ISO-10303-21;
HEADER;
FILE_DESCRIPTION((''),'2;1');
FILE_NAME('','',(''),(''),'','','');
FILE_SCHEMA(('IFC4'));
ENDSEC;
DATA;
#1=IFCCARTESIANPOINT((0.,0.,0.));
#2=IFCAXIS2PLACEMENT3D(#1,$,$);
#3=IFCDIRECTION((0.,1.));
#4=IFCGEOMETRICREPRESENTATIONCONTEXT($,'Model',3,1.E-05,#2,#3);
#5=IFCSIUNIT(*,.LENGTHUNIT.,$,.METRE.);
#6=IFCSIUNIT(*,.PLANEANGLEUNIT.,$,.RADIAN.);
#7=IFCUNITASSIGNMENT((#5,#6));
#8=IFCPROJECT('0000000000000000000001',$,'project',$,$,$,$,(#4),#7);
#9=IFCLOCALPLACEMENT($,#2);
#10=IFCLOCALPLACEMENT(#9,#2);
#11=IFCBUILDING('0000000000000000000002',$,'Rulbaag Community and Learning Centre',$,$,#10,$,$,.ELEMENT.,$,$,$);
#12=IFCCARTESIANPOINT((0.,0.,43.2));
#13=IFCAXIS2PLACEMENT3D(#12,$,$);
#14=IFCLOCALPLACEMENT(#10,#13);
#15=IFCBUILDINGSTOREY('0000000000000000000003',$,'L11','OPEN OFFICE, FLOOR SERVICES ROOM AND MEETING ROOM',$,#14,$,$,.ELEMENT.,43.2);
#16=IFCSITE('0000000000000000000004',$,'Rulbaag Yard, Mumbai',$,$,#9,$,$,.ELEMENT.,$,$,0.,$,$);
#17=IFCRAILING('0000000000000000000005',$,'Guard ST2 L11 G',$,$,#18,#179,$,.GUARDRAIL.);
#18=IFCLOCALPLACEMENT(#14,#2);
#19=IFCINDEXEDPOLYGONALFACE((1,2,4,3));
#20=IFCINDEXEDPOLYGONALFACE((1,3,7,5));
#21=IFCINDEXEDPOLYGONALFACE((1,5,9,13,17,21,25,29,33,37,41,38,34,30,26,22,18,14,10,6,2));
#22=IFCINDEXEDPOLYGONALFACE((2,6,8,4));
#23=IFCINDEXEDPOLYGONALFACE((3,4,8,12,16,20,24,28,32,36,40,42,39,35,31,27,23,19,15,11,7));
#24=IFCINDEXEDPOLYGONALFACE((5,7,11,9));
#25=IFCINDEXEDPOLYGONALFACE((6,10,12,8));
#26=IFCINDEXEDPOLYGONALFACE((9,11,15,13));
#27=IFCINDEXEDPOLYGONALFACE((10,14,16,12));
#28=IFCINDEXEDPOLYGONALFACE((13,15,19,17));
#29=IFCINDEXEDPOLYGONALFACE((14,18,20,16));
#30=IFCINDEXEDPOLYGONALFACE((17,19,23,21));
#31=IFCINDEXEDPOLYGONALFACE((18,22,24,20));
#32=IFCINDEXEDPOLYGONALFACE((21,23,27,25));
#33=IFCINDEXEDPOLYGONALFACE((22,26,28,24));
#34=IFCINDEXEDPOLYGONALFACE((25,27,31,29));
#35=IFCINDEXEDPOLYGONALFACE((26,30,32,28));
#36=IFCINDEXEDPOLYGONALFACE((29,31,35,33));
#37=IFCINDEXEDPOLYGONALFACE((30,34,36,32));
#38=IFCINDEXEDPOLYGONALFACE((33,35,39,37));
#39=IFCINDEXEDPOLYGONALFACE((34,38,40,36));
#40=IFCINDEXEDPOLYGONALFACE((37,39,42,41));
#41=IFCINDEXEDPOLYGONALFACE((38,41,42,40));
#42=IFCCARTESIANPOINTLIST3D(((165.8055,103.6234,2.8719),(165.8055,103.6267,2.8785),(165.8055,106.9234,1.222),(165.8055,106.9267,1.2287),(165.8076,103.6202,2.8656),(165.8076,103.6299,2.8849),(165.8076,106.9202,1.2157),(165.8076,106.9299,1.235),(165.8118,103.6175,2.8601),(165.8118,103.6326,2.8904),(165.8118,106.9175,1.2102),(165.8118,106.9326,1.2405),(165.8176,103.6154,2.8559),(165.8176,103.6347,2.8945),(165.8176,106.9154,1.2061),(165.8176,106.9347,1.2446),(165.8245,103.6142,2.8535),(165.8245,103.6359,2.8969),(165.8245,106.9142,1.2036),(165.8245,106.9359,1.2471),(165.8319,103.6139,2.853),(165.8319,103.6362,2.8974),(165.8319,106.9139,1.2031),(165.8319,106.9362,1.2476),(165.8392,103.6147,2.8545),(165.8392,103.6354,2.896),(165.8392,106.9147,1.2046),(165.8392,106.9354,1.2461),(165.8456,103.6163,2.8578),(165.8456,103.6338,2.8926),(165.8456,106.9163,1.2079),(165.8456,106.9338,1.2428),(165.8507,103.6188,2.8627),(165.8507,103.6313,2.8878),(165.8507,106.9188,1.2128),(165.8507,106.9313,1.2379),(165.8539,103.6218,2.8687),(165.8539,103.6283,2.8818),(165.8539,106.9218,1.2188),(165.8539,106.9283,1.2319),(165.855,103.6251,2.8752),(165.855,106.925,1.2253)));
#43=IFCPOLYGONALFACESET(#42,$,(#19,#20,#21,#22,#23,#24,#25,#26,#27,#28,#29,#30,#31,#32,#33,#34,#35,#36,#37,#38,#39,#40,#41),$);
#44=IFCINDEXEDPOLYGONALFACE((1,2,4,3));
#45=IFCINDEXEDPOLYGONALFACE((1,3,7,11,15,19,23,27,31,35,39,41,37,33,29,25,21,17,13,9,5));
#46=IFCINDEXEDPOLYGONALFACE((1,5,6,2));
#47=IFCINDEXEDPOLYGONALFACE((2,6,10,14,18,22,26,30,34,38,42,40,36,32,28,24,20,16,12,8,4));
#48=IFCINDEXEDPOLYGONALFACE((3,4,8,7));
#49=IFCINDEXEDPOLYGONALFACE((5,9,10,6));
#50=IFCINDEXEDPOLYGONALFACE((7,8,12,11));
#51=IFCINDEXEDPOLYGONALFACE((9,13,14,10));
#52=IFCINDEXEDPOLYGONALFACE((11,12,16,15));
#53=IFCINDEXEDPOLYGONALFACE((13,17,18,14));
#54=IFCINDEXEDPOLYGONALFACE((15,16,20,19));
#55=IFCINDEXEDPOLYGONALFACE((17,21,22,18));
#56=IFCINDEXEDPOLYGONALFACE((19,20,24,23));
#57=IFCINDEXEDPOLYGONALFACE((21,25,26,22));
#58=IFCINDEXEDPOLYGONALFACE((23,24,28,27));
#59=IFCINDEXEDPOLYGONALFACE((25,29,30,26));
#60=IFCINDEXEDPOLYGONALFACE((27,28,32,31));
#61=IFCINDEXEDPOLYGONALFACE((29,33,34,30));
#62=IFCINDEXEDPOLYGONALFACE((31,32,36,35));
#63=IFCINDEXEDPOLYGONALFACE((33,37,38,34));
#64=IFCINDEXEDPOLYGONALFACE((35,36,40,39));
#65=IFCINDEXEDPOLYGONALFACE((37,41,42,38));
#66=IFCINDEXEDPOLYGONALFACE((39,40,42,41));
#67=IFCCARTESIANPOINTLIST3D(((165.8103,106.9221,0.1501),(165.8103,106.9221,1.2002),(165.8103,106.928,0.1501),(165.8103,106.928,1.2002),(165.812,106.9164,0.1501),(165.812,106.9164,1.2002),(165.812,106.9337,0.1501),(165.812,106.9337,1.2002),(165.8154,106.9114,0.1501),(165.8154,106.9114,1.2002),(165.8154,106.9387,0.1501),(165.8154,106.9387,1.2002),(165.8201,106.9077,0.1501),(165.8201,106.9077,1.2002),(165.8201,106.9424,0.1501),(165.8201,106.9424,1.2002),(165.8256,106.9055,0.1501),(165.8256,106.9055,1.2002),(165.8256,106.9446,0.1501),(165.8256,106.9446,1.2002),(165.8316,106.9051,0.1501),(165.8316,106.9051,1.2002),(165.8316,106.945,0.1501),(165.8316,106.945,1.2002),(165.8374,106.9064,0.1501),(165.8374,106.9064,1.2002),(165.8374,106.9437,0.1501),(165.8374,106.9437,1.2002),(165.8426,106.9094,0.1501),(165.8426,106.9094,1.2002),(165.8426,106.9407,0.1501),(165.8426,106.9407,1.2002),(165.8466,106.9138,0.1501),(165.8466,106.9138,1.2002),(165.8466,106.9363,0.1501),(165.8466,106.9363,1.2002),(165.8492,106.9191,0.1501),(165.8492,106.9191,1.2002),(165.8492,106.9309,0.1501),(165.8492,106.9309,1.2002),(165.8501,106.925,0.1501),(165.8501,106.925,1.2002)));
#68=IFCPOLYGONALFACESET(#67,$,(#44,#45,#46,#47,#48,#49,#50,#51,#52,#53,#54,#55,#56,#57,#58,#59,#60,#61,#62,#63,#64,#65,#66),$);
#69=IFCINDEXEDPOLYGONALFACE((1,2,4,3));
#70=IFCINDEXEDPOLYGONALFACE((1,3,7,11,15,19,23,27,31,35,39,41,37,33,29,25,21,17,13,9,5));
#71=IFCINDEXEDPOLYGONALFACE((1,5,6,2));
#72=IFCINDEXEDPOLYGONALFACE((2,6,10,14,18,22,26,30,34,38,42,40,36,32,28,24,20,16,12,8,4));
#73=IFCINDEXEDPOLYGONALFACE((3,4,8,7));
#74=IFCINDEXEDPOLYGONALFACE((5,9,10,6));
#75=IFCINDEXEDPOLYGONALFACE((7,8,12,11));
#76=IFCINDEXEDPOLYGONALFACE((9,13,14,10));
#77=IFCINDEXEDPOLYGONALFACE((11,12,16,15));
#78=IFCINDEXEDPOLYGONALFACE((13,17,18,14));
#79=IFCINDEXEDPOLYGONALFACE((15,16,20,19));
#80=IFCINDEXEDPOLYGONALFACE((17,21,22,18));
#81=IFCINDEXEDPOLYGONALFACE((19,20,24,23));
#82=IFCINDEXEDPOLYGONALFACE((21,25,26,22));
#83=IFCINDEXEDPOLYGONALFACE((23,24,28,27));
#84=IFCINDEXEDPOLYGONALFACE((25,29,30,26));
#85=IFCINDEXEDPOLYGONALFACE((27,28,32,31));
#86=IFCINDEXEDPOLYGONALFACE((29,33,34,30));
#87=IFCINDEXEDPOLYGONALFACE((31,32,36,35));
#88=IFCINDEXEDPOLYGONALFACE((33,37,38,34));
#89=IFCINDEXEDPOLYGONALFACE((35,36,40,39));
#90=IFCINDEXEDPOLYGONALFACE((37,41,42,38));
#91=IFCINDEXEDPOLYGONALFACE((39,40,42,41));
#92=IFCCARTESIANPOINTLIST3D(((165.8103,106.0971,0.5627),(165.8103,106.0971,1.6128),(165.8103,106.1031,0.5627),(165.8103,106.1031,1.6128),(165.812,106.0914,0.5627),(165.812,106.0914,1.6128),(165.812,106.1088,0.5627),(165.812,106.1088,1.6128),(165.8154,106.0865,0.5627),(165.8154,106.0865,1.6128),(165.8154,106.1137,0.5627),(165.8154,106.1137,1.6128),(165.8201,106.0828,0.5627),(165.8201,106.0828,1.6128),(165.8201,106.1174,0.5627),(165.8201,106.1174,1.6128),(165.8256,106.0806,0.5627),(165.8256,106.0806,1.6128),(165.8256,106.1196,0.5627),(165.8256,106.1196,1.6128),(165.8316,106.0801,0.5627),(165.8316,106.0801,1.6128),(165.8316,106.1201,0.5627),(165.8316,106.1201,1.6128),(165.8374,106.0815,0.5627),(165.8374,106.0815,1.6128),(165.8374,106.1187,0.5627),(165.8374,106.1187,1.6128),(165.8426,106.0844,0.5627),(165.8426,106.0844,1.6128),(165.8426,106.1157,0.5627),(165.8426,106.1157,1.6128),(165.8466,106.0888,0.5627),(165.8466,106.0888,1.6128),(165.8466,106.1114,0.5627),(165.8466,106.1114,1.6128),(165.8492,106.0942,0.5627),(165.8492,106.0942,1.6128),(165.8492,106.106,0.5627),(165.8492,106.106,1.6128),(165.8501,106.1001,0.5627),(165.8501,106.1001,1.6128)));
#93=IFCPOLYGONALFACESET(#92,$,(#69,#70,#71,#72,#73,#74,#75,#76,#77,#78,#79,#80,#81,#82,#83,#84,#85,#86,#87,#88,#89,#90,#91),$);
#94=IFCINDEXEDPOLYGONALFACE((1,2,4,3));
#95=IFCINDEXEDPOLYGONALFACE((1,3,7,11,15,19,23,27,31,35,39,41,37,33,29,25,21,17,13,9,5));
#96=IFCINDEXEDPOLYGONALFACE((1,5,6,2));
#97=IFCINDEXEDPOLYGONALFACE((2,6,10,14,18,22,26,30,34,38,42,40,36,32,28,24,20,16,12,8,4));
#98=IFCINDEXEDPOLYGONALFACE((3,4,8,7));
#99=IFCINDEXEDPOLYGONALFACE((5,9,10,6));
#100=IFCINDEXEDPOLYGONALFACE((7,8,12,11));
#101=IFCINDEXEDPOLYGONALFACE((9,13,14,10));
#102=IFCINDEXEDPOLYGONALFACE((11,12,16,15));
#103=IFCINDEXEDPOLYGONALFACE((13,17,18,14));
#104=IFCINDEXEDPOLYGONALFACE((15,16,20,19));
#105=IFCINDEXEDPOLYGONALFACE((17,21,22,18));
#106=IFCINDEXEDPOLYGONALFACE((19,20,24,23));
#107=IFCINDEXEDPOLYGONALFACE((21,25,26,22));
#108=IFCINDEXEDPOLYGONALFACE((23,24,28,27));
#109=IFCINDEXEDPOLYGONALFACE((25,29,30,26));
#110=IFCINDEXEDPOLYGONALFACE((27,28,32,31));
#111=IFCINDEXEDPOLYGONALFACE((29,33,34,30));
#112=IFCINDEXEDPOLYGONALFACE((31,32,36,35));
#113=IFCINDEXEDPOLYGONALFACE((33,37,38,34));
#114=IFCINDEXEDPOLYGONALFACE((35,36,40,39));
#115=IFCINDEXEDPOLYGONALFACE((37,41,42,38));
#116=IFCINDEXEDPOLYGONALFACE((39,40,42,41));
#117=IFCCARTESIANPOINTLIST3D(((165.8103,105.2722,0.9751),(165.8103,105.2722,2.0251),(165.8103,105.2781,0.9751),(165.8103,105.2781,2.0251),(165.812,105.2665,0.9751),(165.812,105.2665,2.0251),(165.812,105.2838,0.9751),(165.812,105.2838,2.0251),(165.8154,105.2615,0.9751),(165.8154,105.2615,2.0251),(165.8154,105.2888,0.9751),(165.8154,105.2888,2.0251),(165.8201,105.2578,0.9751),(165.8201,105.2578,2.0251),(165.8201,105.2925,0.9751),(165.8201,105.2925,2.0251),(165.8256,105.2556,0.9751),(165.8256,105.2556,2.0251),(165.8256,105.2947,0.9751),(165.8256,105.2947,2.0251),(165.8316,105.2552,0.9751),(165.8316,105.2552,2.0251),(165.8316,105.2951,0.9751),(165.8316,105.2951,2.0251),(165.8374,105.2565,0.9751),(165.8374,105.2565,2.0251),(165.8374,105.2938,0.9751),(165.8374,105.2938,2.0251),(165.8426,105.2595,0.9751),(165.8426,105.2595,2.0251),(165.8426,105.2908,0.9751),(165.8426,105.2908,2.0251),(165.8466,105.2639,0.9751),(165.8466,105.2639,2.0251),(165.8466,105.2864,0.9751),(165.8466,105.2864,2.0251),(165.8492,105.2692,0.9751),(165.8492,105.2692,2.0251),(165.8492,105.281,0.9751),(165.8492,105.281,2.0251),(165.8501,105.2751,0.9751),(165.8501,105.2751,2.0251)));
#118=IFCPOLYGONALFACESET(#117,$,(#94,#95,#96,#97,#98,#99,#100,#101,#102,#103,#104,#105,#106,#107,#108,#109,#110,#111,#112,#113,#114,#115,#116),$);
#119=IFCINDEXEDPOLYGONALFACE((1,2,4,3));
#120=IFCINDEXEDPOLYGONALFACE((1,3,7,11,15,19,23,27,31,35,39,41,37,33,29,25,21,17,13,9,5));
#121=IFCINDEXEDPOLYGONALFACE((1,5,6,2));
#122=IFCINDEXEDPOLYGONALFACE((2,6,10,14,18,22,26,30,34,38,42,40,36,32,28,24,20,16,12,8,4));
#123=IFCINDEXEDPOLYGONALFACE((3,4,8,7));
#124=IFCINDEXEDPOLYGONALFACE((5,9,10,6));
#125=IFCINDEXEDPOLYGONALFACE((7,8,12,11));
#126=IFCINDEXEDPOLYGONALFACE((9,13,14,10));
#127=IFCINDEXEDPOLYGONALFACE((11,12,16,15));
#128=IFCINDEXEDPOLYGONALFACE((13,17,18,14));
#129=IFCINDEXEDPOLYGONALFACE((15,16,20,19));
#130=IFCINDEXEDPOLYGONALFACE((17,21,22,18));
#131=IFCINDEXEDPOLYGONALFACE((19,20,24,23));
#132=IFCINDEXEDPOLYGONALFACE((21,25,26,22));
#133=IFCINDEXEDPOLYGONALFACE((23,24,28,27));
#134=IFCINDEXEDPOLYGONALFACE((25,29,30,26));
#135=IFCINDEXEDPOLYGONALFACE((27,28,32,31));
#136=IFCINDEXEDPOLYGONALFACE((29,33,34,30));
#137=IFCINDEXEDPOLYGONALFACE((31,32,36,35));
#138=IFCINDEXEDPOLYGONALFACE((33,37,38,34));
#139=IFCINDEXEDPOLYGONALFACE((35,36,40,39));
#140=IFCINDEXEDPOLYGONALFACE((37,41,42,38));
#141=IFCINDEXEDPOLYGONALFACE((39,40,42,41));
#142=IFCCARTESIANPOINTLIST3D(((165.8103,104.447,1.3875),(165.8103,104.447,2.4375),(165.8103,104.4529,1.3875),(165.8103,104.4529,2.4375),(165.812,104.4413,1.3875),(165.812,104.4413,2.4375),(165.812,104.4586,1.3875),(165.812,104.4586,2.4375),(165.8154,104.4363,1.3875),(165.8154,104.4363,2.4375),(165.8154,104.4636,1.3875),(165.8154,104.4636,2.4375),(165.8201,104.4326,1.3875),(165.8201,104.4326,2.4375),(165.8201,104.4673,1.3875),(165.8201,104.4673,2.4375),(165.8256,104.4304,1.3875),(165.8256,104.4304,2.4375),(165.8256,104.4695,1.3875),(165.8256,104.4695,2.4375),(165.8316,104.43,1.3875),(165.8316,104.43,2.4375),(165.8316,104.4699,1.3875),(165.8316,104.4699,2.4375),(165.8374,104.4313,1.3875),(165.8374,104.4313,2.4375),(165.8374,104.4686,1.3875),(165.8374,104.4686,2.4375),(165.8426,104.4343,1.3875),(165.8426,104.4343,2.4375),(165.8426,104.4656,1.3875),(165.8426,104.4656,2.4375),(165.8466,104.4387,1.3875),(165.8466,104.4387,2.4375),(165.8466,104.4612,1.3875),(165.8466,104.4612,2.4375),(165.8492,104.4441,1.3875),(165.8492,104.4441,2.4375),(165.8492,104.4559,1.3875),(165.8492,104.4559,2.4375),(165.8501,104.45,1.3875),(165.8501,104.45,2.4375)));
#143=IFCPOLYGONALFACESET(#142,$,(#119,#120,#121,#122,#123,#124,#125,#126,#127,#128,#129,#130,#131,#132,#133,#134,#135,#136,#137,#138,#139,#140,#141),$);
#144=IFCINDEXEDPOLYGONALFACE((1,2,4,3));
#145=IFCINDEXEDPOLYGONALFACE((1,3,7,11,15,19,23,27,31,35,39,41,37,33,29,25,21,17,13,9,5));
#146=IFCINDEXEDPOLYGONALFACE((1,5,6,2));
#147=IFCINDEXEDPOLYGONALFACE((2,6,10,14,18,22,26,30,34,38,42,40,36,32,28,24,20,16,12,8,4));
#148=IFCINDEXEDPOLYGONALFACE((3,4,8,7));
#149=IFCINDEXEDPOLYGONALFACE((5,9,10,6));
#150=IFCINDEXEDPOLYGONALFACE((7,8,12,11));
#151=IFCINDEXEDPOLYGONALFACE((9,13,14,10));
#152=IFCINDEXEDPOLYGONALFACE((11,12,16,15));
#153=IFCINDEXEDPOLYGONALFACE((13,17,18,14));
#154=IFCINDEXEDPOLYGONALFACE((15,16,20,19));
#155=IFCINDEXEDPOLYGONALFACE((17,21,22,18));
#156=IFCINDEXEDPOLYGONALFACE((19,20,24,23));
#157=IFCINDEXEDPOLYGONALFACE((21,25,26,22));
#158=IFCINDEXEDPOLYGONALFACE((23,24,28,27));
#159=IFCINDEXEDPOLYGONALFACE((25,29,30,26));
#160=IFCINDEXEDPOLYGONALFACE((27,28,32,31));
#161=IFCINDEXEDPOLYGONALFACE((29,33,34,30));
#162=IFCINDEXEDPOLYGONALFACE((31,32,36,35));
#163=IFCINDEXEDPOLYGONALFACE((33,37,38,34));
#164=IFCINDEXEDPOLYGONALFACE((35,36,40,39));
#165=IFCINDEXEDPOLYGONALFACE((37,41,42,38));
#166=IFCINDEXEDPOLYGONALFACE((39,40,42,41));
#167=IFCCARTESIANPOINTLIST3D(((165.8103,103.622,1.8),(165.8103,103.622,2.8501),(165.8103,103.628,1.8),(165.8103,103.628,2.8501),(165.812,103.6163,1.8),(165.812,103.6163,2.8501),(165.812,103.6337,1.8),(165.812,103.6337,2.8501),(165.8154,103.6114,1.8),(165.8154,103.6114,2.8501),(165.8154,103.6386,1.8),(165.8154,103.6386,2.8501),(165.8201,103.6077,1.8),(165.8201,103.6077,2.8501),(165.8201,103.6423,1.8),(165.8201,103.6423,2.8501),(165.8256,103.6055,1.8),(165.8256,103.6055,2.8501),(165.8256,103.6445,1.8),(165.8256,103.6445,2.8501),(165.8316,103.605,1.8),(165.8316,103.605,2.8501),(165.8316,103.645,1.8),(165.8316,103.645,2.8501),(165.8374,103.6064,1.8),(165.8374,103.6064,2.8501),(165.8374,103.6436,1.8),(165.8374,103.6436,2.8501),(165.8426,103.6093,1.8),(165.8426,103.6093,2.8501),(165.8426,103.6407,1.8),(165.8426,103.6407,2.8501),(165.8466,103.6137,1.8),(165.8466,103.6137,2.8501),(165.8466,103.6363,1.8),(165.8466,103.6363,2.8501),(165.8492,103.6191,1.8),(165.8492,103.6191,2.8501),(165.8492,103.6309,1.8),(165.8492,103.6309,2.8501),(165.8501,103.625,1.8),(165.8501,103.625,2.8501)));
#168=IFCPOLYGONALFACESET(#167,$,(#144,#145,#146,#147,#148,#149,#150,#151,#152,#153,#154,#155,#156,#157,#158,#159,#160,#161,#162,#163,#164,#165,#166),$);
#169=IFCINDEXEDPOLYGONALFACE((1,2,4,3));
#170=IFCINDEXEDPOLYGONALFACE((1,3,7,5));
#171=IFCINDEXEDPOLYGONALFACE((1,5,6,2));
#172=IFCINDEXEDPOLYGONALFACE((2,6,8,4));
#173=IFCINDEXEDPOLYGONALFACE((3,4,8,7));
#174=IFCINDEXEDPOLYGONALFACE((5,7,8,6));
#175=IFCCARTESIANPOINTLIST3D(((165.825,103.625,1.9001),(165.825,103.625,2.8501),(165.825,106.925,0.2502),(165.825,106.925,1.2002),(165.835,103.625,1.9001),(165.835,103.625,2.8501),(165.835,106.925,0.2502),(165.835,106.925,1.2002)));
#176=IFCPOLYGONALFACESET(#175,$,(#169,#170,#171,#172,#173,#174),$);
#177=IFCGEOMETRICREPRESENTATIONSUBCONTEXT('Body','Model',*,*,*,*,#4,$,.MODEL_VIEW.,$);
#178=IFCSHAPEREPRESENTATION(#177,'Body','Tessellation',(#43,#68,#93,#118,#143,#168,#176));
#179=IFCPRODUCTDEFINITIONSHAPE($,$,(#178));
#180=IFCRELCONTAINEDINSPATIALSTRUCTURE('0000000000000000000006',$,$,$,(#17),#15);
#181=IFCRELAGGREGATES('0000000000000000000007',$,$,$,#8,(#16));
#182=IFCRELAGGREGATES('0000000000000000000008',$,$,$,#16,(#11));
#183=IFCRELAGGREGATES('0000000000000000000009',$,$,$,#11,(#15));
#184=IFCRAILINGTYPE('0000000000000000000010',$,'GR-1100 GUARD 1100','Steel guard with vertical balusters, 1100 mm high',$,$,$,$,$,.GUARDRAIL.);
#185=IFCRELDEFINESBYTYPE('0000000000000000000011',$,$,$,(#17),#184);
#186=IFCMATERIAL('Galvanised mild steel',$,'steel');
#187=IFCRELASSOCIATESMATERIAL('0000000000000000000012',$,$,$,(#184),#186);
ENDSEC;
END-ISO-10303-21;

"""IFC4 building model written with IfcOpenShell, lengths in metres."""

from ifc_helpers import new_model, si_unit, direction, frame, origin, origin_2d, place, context, subcontext, project, spatial, polyline, circle, outline, extrude, material, type_object, element, save


model = new_model("IFC4")

# Units and contexts
model_context = context("Model", 3, precision=1e-05, world=origin(), true_north=direction((0.0, 1.0)))
body_context = subcontext(model_context, "Body", "Model", "MODEL_VIEW")
ifc_project = project(units=[si_unit("LENGTHUNIT", "METRE"), si_unit("PLANEANGLEUNIT", "RADIAN")], contexts=[model_context])

# Site, building, storey
site_placement = place(None, origin())
site = spatial("IfcSite", under=ifc_project, at=site_placement, Name="Rulbaag Yard, Mumbai", CompositionType="ELEMENT", RefElevation=0.0)
building_placement = place(site_placement, origin())
building = spatial("IfcBuilding", under=site, at=building_placement, Name="Rulbaag Community and Learning Centre", CompositionType="ELEMENT")
storey_placement = place(building_placement, frame((0.0, 0.0, 43.2)))
storey = spatial("IfcBuildingStorey", under=building, at=storey_placement, Name="L11", Description="OPEN OFFICE, FLOOR SERVICES ROOM AND MEETING ROOM", CompositionType="ELEMENT", Elevation=43.2)

# Railing
ifc_material_1 = material(Name="Galvanised mild steel", Category="steel")
railing_type_1 = type_object("IfcRailingType", Name="GR-1100 GUARD 1100", Description="Steel guard with vertical balusters, 1100 mm high", PredefinedType="GUARDRAIL", material=ifc_material_1)
railing_1_placement = place(storey_placement, frame((165.8301, 106.925, 0.1501)))
element("IfcRailing", 1, at=railing_1_placement, inside=storey, type_object=railing_type_1, Name="Guard ST2 L11 G", PredefinedType="GUARDRAIL", context=body_context, shape_type="SweptSolid", body=[
    extrude(circle(Radius=0.0249, at=origin_2d()), frame((0.0, 0.0, 1.0752), z_axis=(0.0, -0.89444, 0.447187), x_axis=(1.0, 0.0, 0.0)), (0.0, 0.0, 1.0), 3.6895),
    extrude(circle(Radius=0.02, at=origin_2d()), origin(), (0.0, 0.0, 1.0), 1.05),
    extrude(circle(Radius=0.02, at=origin_2d()), frame((0.0, -0.825, 0.4126)), (0.0, 0.0, 1.0), 1.05),
    extrude(circle(Radius=0.02, at=origin_2d()), frame((0.0, -1.6499, 0.825)), (0.0, 0.0, 1.0), 1.05),
    extrude(circle(Radius=0.02, at=origin_2d()), frame((0.0, -2.4751, 1.2373)), (0.0, 0.0, 1.0), 1.05),
    extrude(circle(Radius=0.02, at=origin_2d()), frame((0.0, -3.3, 1.6499)), (0.0, 0.0, 1.0), 1.05),
    extrude(outline(polyline([(0.0, 0.0), (3.3, 1.6499), (3.3, 2.5999), (0.0, 0.95), (0.0, 0.0)])), frame((0.0049, 0.0, 0.1001), z_axis=(-1.0, 0.0, 0.0), x_axis=(0.0, -1.0, 0.0)), (0.0, 0.0, 1.0), 0.01),
])

save(model, "model.ifc")
